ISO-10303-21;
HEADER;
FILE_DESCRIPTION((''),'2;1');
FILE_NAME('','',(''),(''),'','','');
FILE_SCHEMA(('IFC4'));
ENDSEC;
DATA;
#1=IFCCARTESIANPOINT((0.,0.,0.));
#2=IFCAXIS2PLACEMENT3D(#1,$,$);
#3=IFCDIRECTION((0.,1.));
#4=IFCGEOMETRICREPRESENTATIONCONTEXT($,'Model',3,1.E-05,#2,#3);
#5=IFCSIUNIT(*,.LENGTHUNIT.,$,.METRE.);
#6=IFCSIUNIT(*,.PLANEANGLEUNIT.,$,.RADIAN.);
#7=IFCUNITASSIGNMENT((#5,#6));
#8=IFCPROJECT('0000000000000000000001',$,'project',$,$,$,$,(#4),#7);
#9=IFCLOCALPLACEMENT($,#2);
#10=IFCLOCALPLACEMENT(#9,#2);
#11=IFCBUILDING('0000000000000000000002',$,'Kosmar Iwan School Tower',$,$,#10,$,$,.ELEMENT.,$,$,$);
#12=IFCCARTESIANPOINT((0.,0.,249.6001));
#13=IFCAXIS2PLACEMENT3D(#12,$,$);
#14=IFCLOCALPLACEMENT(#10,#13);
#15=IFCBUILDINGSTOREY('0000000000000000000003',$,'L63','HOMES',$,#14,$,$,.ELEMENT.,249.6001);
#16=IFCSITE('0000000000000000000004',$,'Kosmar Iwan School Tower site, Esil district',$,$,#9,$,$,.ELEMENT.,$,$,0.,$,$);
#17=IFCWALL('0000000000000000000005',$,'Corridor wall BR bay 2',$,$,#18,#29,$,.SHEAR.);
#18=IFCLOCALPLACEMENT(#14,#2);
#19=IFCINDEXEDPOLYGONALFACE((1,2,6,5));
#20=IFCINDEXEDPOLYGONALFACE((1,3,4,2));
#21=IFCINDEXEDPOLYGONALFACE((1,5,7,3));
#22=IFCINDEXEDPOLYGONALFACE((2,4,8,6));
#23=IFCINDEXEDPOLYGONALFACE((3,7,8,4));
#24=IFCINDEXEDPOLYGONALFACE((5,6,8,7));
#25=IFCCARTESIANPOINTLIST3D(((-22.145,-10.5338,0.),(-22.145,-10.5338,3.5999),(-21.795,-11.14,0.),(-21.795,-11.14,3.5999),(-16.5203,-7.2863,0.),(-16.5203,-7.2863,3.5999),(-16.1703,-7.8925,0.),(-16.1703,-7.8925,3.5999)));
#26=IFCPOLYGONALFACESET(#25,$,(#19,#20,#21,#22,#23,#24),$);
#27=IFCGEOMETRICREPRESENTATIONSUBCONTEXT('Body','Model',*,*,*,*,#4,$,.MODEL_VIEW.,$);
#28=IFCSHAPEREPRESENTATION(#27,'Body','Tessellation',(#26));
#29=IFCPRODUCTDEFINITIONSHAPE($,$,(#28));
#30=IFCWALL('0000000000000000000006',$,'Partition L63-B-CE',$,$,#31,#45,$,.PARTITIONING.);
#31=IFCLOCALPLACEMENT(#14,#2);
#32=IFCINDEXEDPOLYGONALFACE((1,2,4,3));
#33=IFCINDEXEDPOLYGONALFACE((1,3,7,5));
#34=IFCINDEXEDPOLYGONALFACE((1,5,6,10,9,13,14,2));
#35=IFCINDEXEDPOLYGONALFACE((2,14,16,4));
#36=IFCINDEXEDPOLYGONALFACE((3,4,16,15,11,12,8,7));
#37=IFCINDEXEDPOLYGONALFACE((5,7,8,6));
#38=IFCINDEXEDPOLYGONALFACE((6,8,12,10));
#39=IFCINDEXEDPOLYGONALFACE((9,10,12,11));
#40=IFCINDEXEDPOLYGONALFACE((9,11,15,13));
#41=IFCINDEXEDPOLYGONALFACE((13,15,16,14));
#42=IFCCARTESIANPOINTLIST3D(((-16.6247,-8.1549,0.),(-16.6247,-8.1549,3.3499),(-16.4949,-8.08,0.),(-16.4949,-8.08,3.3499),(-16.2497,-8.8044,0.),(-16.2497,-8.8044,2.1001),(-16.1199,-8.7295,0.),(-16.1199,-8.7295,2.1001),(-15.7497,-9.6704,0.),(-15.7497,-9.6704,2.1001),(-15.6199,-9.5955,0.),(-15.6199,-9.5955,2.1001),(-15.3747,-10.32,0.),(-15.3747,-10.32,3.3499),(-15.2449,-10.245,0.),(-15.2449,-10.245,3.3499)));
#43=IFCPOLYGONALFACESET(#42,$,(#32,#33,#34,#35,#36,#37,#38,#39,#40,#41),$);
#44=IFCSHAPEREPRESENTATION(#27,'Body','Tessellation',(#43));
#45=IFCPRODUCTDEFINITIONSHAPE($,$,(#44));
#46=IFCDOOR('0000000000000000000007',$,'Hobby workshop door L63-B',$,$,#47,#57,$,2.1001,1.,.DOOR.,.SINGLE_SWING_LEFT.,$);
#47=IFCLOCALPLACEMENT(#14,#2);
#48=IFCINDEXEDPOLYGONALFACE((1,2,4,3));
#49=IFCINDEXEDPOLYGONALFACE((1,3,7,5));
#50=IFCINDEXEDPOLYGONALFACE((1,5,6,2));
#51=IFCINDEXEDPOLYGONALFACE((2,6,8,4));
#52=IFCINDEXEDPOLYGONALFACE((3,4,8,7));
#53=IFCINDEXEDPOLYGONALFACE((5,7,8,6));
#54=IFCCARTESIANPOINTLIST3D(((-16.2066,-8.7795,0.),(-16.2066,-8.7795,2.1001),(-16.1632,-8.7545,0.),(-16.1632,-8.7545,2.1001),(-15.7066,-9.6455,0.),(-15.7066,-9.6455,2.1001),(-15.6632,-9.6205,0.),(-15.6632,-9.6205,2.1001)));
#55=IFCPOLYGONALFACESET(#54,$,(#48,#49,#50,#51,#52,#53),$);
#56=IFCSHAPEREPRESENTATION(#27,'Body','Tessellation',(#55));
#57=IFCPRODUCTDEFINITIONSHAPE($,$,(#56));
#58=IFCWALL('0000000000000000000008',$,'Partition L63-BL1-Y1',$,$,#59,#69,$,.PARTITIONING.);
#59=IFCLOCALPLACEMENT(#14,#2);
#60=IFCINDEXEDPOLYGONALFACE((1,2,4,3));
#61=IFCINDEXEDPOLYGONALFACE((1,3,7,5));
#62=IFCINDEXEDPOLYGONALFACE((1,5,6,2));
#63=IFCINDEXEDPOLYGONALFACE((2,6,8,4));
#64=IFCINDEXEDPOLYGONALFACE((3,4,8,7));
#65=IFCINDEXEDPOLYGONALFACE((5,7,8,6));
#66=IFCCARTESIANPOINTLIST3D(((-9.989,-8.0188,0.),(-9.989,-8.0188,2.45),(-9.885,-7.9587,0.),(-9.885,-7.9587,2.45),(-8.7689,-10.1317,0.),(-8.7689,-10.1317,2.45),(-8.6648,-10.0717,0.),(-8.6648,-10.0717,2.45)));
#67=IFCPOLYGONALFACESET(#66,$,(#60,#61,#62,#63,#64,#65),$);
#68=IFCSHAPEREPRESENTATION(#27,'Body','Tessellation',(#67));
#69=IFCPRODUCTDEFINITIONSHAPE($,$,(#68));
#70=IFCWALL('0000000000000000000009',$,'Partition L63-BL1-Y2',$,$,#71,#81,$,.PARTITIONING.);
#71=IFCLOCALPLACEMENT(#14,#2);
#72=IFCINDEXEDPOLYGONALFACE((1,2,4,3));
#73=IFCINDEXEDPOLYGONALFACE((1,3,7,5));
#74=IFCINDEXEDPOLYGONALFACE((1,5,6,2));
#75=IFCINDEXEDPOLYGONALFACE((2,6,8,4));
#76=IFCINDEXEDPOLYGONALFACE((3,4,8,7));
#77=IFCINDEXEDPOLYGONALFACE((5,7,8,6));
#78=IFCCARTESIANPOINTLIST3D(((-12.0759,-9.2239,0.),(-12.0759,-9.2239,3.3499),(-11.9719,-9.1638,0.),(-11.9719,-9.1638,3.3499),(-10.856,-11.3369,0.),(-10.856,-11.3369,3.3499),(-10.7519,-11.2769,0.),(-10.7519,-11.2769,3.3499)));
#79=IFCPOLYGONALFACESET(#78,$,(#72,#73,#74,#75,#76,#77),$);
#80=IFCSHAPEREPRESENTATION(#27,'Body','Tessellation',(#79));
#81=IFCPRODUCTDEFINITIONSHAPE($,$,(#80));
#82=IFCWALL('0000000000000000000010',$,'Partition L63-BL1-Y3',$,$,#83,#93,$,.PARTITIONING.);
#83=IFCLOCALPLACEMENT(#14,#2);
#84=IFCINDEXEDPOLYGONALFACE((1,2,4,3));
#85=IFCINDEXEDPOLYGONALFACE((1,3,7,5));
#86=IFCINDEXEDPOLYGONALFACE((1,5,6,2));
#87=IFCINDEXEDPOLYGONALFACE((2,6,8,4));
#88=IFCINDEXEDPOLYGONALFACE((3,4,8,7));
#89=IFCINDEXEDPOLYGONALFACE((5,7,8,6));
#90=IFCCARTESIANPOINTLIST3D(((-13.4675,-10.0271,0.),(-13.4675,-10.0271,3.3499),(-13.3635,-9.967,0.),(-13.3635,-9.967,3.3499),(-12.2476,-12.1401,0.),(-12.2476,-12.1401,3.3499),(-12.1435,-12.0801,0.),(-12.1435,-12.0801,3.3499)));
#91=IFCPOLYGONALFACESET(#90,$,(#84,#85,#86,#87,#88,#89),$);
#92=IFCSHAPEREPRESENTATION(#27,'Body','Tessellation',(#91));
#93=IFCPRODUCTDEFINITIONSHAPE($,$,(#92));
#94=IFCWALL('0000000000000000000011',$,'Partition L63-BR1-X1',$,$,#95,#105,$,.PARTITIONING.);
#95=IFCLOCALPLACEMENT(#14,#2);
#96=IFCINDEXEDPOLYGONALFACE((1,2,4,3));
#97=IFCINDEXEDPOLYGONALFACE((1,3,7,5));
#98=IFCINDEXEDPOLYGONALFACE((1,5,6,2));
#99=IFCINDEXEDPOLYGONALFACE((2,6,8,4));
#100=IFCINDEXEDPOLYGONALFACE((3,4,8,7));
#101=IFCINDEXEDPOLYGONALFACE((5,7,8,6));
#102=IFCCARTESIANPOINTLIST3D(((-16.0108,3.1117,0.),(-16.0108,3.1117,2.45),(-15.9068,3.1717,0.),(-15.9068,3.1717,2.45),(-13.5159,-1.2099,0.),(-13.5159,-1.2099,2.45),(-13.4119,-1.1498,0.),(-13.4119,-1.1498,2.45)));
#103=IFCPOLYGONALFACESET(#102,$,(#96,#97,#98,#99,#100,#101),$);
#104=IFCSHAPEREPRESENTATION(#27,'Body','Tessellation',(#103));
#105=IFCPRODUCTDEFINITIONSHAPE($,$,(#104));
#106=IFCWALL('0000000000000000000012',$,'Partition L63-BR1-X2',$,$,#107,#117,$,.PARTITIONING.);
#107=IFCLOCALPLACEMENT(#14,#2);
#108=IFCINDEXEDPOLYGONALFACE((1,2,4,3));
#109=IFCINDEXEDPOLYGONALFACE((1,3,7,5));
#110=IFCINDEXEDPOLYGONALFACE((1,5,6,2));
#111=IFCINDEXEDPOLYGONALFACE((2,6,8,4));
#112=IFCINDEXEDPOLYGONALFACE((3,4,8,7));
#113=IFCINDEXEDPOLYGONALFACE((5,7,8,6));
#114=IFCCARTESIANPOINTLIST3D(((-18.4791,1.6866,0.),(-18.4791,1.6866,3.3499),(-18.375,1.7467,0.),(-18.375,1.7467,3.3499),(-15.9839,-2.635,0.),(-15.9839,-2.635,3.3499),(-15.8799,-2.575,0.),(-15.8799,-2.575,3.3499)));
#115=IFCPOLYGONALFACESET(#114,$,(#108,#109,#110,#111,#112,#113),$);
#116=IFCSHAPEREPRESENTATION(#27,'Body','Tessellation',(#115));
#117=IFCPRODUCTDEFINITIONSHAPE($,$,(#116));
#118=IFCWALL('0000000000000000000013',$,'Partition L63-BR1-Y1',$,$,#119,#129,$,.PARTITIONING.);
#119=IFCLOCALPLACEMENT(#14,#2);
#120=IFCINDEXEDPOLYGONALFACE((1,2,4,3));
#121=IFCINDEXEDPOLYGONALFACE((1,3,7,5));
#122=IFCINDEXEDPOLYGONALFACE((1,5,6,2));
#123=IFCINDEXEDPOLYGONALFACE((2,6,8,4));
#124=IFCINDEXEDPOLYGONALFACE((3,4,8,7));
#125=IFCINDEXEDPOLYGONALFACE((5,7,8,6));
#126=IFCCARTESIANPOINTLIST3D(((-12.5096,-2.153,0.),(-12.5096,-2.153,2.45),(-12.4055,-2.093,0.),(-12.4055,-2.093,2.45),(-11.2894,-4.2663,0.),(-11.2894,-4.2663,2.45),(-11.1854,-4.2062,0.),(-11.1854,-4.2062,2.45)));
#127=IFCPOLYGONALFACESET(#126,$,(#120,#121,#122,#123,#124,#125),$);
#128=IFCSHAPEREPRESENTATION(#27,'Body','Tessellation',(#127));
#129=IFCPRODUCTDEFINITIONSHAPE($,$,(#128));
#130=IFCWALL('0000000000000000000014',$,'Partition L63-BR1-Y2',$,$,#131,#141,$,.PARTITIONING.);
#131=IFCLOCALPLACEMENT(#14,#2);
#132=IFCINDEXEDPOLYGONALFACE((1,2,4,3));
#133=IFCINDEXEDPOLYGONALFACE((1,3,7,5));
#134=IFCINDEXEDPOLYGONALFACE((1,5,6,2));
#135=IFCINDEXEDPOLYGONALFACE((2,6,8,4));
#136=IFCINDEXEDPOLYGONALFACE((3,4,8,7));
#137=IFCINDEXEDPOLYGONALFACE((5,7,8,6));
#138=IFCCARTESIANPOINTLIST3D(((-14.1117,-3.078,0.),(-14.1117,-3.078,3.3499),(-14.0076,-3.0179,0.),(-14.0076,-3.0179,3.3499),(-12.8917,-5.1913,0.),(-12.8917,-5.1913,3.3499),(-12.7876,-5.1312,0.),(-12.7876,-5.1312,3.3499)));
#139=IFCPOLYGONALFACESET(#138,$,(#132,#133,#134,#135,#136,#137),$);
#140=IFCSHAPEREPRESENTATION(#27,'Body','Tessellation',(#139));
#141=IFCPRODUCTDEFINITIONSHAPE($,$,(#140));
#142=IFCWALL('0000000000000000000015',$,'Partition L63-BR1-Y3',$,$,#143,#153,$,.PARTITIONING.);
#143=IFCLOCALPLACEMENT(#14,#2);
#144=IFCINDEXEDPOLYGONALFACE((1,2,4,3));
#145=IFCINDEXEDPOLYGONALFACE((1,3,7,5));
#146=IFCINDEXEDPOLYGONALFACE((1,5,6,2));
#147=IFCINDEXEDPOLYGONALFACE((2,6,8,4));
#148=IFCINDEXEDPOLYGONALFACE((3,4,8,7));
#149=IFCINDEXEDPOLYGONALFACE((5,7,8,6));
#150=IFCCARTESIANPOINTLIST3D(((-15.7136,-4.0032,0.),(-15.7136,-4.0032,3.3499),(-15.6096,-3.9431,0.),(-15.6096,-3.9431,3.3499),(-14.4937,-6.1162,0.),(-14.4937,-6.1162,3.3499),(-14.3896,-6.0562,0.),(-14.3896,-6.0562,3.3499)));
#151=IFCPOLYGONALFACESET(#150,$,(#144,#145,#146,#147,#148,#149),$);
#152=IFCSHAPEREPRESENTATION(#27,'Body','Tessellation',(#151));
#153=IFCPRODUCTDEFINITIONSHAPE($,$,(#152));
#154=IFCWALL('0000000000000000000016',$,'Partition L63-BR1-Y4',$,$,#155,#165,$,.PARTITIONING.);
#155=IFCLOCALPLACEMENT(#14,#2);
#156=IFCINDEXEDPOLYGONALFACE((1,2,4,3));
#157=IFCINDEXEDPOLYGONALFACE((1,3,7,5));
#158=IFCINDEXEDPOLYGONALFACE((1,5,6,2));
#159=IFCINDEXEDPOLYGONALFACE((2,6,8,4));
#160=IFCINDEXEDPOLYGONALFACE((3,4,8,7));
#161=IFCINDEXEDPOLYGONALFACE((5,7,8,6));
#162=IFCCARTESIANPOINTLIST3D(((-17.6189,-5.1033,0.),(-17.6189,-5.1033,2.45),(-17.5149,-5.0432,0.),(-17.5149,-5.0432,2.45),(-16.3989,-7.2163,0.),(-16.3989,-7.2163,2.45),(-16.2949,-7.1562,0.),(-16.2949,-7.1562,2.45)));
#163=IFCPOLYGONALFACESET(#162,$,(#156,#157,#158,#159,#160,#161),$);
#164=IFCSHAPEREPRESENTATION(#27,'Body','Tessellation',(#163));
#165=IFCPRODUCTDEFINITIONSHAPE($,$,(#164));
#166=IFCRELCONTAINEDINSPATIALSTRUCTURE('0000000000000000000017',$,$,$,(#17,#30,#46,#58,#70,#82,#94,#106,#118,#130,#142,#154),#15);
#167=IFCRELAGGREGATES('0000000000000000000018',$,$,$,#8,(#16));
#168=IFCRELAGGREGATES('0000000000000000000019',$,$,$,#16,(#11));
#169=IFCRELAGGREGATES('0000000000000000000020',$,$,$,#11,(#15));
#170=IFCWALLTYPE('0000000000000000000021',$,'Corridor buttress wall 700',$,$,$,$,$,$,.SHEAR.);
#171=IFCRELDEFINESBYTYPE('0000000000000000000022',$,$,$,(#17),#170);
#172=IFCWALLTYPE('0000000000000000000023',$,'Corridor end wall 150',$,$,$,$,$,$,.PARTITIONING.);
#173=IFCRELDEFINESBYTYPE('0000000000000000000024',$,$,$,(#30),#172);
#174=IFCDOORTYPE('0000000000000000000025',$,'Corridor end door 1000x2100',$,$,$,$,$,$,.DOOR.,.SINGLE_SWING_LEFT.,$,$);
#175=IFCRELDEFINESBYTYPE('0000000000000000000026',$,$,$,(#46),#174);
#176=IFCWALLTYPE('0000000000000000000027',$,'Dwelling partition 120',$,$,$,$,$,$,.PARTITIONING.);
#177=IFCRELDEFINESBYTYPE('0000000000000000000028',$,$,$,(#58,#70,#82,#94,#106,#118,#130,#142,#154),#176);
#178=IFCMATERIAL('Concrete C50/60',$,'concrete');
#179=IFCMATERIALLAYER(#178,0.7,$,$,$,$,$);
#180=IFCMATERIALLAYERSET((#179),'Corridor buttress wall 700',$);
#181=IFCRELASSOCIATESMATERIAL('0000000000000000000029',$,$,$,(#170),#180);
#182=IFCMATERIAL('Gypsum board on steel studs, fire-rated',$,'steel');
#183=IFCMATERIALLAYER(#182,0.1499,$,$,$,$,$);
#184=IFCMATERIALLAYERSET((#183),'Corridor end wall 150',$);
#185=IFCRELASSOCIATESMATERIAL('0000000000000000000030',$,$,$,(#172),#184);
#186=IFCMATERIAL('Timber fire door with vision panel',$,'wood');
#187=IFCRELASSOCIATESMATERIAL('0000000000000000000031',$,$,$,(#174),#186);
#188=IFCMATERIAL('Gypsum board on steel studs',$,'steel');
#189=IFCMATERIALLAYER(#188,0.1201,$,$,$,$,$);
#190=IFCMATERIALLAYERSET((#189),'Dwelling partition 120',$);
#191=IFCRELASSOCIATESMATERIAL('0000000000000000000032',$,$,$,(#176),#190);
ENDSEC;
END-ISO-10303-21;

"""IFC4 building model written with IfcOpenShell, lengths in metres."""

from ifc_helpers import new_model, si_unit, direction, frame, frame_2d, origin, place, context, subcontext, project, spatial, rectangle, extrude, material, layer, layer_set, type_object, element, fill, save


model = new_model("IFC4")

# Units and contexts
model_context = context("Model", 3, precision=1e-05, world=origin(), true_north=direction((0.0, 1.0)))
body_context = subcontext(model_context, "Body", "Model", "MODEL_VIEW")
ifc_project = project(units=[si_unit("LENGTHUNIT", "METRE"), si_unit("PLANEANGLEUNIT", "RADIAN")], contexts=[model_context])

# Site, building, storey
site_placement = place(None, origin())
site = spatial("IfcSite", under=ifc_project, at=site_placement, Name="Kosmar Iwan School Tower site, Esil district", CompositionType="ELEMENT", RefElevation=0.0)
building_placement = place(site_placement, origin())
building = spatial("IfcBuilding", under=site, at=building_placement, Name="Kosmar Iwan School Tower", CompositionType="ELEMENT")
storey_placement = place(building_placement, frame((0.0, 0.0, 249.6001)))
storey = spatial("IfcBuildingStorey", under=building, at=storey_placement, Name="L63", Description="HOMES", CompositionType="ELEMENT", Elevation=249.6001)

# Wall
ifc_material_1 = material(Name="Concrete C50/60", Category="concrete")
ifc_layer_1 = layer(ifc_material_1, 0.7)
ifc_layer_set_1 = layer_set([ifc_layer_1], Name="Corridor buttress wall 700")
wall_type_1 = type_object("IfcWallType", Name="Corridor buttress wall 700", PredefinedType="SHEAR", material=ifc_layer_set_1)
wall_1_placement = place(storey_placement, frame((-16.3452, -7.5894, 0.0), z_axis=(0.0, 0.0, 1.0), x_axis=(-0.866018, -0.500012, 0.0)))
element("IfcWall", 1, at=wall_1_placement, inside=storey, type_object=wall_type_1, Name="Corridor wall BR bay 2", PredefinedType="SHEAR", context=body_context, shape_type="SweptSolid", body=[
    extrude(rectangle(XDim=6.4949, YDim=0.7, at=frame_2d((3.2476, 0.0))), origin(), (0.0, 0.0, 1.0), 3.5999),
])

# Wall, opening, door
ifc_material_2 = material(Name="Gypsum board on steel studs, fire-rated", Category="steel")
ifc_layer_2 = layer(ifc_material_2, 0.1499)
ifc_layer_set_2 = layer_set([ifc_layer_2], Name="Corridor end wall 150")
wall_type_2 = type_object("IfcWallType", Name="Corridor end wall 150", PredefinedType="PARTITIONING", material=ifc_layer_set_2)
wall_2_placement = place(storey_placement, frame((-16.5598, -8.1174, 0.0), z_axis=(0.0, 0.0, 1.0), x_axis=(0.500004, -0.866023, 0.0)))
wall_2 = element("IfcWall", 2, at=wall_2_placement, inside=storey, type_object=wall_type_2, Name="Partition L63-B-CE", PredefinedType="PARTITIONING", context=body_context, shape_type="SweptSolid", body=[
    extrude(rectangle(XDim=2.5, YDim=0.1499, at=frame_2d((1.25, 0.0))), origin(), (0.0, 0.0, 1.0), 3.3499),
])
opening_placement = place(wall_2_placement, frame((0.75, 0.0, 0.0)))
opening = element("IfcOpeningElement", 3, at=opening_placement, cuts=wall_2, PredefinedType="OPENING", context=body_context, shape_type="SweptSolid", body=[
    extrude(rectangle(XDim=1.0, YDim=2.1001, at=frame_2d((0.5, 1.05))), frame((0.0, 0.0869, 0.0), z_axis=(0.0, -1.0, 0.0), x_axis=(1.0, 0.0, 0.0)), (0.0, 0.0, 1.0), 0.1738),
])
ifc_material_3 = material(Name="Timber fire door with vision panel", Category="wood")
door_type = type_object("IfcDoorType", Name="Corridor end door 1000x2100", OperationType="SINGLE_SWING_LEFT", PredefinedType="DOOR", material=ifc_material_3)
door_placement = place(opening_placement, origin())
door = element("IfcDoor", 4, at=door_placement, inside=storey, type_object=door_type, Name="Hobby workshop door L63-B", OperationType="SINGLE_SWING_LEFT", OverallHeight=2.1001, OverallWidth=1.0, PredefinedType="DOOR", context=body_context, shape_type="SweptSolid", body=[
    extrude(rectangle(XDim=1.0, YDim=2.1001, at=frame_2d((0.5, 1.05))), frame((0.0, 0.0249, 0.0), z_axis=(0.0, -1.0, 0.0), x_axis=(1.0, 0.0, 0.0)), (0.0, 0.0, 1.0), 0.05),
])
fill(opening, door)

# Walls
ifc_material_4 = material(Name="Gypsum board on steel studs", Category="steel")
ifc_layer_3 = layer(ifc_material_4, 0.1201)
ifc_layer_set_3 = layer_set([ifc_layer_3], Name="Dwelling partition 120")
wall_type_3 = type_object("IfcWallType", Name="Dwelling partition 120", PredefinedType="PARTITIONING", material=ifc_layer_set_3)
wall_3_placement = place(storey_placement, frame((-9.937, -7.9888, 0.0), z_axis=(0.0, 0.0, 1.0), x_axis=(0.500078, -0.865981, 0.0)))
element("IfcWall", 5, at=wall_3_placement, inside=storey, type_object=wall_type_3, Name="Partition L63-BL1-Y1", PredefinedType="PARTITIONING", context=body_context, shape_type="SweptSolid", body=[
    extrude(rectangle(XDim=2.4399, YDim=0.1201, at=frame_2d((1.22, 0.0))), origin(), (0.0, 0.0, 1.0), 2.45),
])
for number, where, z_axis, x_axis, name in (
    (6, (-12.0239, -9.1938, 0.0), (0.0, 0.0, 1.0), (0.500003, -0.866024, 0.0), "Partition L63-BL1-Y2"),
    (7, (-13.4155, -9.9971, 0.0), (0.0, 0.0, 1.0), (0.500003, -0.866024, 0.0), "Partition L63-BL1-Y3"),
):
    element("IfcWall", number, at=place(storey_placement, frame(where, z_axis=z_axis, x_axis=x_axis)), inside=storey, type_object=wall_type_3, Name=name, PredefinedType="PARTITIONING", context=body_context, shape_type="SweptSolid", body=[
        extrude(rectangle(XDim=2.4399, YDim=0.1201, at=frame_2d((1.22, 0.0))), origin(), (0.0, 0.0, 1.0), 3.3499),
    ])
wall_4_placement = place(storey_placement, frame((-13.4639, -1.1799, 0.0), z_axis=(0.0, 0.0, 1.0), x_axis=(-0.499975, 0.86604, 0.0)))
element("IfcWall", 8, at=wall_4_placement, inside=storey, type_object=wall_type_3, Name="Partition L63-BR1-X1", PredefinedType="PARTITIONING", context=body_context, shape_type="SweptSolid", body=[
    extrude(rectangle(XDim=4.99, YDim=0.1201, at=frame_2d((2.4951, 0.0))), origin(), (0.0, 0.0, 1.0), 2.45),
])
wall_5_placement = place(storey_placement, frame((-15.9319, -2.605, 0.0), z_axis=(0.0, 0.0, 1.0), x_axis=(-0.500012, 0.866019, 0.0)))
element("IfcWall", 9, at=wall_5_placement, inside=storey, type_object=wall_type_3, Name="Partition L63-BR1-X2", PredefinedType="PARTITIONING", context=body_context, shape_type="SweptSolid", body=[
    extrude(rectangle(XDim=4.9902, YDim=0.1201, at=frame_2d((2.4951, 0.0))), origin(), (0.0, 0.0, 1.0), 3.3499),
])
wall_6_placement = place(storey_placement, frame((-11.2373, -4.2363, 0.0), z_axis=(0.0, 0.0, 1.0), x_axis=(-0.500034, 0.866006, 0.0)))
element("IfcWall", 10, at=wall_6_placement, inside=storey, type_object=wall_type_3, Name="Partition L63-BR1-Y1", PredefinedType="PARTITIONING", context=body_context, shape_type="SweptSolid", body=[
    extrude(rectangle(XDim=2.4402, YDim=0.1201, at=frame_2d((1.2202, 0.0))), origin(), (0.0, 0.0, 1.0), 2.45),
])
wall_7_placement = place(storey_placement, frame((-12.8396, -5.1614, 0.0), z_axis=(0.0, 0.0, 1.0), x_axis=(-0.499959, 0.866049, 0.0)))
element("IfcWall", 11, at=wall_7_placement, inside=storey, type_object=wall_type_3, Name="Partition L63-BR1-Y2", PredefinedType="PARTITIONING", context=body_context, shape_type="SweptSolid", body=[
    extrude(rectangle(XDim=2.4402, YDim=0.1201, at=frame_2d((1.2202, 0.0))), origin(), (0.0, 0.0, 1.0), 3.3499),
])
wall_8_placement = place(storey_placement, frame((-14.4417, -6.0862, 0.0), z_axis=(0.0, 0.0, 1.0), x_axis=(-0.500003, 0.866024, 0.0)))
element("IfcWall", 12, at=wall_8_placement, inside=storey, type_object=wall_type_3, Name="Partition L63-BR1-Y3", PredefinedType="PARTITIONING", context=body_context, shape_type="SweptSolid", body=[
    extrude(rectangle(XDim=2.4399, YDim=0.1201, at=frame_2d((1.22, 0.0))), origin(), (0.0, 0.0, 1.0), 3.3499),
])
wall_9_placement = place(storey_placement, frame((-16.3469, -7.1863, 0.0), z_axis=(0.0, 0.0, 1.0), x_axis=(-0.500003, 0.866024, 0.0)))
element("IfcWall", 13, at=wall_9_placement, inside=storey, type_object=wall_type_3, Name="Partition L63-BR1-Y4", PredefinedType="PARTITIONING", context=body_context, shape_type="SweptSolid", body=[
    extrude(rectangle(XDim=2.4399, YDim=0.1201, at=frame_2d((1.22, 0.0))), origin(), (0.0, 0.0, 1.0), 2.45),
])

save(model, "model.ifc")
